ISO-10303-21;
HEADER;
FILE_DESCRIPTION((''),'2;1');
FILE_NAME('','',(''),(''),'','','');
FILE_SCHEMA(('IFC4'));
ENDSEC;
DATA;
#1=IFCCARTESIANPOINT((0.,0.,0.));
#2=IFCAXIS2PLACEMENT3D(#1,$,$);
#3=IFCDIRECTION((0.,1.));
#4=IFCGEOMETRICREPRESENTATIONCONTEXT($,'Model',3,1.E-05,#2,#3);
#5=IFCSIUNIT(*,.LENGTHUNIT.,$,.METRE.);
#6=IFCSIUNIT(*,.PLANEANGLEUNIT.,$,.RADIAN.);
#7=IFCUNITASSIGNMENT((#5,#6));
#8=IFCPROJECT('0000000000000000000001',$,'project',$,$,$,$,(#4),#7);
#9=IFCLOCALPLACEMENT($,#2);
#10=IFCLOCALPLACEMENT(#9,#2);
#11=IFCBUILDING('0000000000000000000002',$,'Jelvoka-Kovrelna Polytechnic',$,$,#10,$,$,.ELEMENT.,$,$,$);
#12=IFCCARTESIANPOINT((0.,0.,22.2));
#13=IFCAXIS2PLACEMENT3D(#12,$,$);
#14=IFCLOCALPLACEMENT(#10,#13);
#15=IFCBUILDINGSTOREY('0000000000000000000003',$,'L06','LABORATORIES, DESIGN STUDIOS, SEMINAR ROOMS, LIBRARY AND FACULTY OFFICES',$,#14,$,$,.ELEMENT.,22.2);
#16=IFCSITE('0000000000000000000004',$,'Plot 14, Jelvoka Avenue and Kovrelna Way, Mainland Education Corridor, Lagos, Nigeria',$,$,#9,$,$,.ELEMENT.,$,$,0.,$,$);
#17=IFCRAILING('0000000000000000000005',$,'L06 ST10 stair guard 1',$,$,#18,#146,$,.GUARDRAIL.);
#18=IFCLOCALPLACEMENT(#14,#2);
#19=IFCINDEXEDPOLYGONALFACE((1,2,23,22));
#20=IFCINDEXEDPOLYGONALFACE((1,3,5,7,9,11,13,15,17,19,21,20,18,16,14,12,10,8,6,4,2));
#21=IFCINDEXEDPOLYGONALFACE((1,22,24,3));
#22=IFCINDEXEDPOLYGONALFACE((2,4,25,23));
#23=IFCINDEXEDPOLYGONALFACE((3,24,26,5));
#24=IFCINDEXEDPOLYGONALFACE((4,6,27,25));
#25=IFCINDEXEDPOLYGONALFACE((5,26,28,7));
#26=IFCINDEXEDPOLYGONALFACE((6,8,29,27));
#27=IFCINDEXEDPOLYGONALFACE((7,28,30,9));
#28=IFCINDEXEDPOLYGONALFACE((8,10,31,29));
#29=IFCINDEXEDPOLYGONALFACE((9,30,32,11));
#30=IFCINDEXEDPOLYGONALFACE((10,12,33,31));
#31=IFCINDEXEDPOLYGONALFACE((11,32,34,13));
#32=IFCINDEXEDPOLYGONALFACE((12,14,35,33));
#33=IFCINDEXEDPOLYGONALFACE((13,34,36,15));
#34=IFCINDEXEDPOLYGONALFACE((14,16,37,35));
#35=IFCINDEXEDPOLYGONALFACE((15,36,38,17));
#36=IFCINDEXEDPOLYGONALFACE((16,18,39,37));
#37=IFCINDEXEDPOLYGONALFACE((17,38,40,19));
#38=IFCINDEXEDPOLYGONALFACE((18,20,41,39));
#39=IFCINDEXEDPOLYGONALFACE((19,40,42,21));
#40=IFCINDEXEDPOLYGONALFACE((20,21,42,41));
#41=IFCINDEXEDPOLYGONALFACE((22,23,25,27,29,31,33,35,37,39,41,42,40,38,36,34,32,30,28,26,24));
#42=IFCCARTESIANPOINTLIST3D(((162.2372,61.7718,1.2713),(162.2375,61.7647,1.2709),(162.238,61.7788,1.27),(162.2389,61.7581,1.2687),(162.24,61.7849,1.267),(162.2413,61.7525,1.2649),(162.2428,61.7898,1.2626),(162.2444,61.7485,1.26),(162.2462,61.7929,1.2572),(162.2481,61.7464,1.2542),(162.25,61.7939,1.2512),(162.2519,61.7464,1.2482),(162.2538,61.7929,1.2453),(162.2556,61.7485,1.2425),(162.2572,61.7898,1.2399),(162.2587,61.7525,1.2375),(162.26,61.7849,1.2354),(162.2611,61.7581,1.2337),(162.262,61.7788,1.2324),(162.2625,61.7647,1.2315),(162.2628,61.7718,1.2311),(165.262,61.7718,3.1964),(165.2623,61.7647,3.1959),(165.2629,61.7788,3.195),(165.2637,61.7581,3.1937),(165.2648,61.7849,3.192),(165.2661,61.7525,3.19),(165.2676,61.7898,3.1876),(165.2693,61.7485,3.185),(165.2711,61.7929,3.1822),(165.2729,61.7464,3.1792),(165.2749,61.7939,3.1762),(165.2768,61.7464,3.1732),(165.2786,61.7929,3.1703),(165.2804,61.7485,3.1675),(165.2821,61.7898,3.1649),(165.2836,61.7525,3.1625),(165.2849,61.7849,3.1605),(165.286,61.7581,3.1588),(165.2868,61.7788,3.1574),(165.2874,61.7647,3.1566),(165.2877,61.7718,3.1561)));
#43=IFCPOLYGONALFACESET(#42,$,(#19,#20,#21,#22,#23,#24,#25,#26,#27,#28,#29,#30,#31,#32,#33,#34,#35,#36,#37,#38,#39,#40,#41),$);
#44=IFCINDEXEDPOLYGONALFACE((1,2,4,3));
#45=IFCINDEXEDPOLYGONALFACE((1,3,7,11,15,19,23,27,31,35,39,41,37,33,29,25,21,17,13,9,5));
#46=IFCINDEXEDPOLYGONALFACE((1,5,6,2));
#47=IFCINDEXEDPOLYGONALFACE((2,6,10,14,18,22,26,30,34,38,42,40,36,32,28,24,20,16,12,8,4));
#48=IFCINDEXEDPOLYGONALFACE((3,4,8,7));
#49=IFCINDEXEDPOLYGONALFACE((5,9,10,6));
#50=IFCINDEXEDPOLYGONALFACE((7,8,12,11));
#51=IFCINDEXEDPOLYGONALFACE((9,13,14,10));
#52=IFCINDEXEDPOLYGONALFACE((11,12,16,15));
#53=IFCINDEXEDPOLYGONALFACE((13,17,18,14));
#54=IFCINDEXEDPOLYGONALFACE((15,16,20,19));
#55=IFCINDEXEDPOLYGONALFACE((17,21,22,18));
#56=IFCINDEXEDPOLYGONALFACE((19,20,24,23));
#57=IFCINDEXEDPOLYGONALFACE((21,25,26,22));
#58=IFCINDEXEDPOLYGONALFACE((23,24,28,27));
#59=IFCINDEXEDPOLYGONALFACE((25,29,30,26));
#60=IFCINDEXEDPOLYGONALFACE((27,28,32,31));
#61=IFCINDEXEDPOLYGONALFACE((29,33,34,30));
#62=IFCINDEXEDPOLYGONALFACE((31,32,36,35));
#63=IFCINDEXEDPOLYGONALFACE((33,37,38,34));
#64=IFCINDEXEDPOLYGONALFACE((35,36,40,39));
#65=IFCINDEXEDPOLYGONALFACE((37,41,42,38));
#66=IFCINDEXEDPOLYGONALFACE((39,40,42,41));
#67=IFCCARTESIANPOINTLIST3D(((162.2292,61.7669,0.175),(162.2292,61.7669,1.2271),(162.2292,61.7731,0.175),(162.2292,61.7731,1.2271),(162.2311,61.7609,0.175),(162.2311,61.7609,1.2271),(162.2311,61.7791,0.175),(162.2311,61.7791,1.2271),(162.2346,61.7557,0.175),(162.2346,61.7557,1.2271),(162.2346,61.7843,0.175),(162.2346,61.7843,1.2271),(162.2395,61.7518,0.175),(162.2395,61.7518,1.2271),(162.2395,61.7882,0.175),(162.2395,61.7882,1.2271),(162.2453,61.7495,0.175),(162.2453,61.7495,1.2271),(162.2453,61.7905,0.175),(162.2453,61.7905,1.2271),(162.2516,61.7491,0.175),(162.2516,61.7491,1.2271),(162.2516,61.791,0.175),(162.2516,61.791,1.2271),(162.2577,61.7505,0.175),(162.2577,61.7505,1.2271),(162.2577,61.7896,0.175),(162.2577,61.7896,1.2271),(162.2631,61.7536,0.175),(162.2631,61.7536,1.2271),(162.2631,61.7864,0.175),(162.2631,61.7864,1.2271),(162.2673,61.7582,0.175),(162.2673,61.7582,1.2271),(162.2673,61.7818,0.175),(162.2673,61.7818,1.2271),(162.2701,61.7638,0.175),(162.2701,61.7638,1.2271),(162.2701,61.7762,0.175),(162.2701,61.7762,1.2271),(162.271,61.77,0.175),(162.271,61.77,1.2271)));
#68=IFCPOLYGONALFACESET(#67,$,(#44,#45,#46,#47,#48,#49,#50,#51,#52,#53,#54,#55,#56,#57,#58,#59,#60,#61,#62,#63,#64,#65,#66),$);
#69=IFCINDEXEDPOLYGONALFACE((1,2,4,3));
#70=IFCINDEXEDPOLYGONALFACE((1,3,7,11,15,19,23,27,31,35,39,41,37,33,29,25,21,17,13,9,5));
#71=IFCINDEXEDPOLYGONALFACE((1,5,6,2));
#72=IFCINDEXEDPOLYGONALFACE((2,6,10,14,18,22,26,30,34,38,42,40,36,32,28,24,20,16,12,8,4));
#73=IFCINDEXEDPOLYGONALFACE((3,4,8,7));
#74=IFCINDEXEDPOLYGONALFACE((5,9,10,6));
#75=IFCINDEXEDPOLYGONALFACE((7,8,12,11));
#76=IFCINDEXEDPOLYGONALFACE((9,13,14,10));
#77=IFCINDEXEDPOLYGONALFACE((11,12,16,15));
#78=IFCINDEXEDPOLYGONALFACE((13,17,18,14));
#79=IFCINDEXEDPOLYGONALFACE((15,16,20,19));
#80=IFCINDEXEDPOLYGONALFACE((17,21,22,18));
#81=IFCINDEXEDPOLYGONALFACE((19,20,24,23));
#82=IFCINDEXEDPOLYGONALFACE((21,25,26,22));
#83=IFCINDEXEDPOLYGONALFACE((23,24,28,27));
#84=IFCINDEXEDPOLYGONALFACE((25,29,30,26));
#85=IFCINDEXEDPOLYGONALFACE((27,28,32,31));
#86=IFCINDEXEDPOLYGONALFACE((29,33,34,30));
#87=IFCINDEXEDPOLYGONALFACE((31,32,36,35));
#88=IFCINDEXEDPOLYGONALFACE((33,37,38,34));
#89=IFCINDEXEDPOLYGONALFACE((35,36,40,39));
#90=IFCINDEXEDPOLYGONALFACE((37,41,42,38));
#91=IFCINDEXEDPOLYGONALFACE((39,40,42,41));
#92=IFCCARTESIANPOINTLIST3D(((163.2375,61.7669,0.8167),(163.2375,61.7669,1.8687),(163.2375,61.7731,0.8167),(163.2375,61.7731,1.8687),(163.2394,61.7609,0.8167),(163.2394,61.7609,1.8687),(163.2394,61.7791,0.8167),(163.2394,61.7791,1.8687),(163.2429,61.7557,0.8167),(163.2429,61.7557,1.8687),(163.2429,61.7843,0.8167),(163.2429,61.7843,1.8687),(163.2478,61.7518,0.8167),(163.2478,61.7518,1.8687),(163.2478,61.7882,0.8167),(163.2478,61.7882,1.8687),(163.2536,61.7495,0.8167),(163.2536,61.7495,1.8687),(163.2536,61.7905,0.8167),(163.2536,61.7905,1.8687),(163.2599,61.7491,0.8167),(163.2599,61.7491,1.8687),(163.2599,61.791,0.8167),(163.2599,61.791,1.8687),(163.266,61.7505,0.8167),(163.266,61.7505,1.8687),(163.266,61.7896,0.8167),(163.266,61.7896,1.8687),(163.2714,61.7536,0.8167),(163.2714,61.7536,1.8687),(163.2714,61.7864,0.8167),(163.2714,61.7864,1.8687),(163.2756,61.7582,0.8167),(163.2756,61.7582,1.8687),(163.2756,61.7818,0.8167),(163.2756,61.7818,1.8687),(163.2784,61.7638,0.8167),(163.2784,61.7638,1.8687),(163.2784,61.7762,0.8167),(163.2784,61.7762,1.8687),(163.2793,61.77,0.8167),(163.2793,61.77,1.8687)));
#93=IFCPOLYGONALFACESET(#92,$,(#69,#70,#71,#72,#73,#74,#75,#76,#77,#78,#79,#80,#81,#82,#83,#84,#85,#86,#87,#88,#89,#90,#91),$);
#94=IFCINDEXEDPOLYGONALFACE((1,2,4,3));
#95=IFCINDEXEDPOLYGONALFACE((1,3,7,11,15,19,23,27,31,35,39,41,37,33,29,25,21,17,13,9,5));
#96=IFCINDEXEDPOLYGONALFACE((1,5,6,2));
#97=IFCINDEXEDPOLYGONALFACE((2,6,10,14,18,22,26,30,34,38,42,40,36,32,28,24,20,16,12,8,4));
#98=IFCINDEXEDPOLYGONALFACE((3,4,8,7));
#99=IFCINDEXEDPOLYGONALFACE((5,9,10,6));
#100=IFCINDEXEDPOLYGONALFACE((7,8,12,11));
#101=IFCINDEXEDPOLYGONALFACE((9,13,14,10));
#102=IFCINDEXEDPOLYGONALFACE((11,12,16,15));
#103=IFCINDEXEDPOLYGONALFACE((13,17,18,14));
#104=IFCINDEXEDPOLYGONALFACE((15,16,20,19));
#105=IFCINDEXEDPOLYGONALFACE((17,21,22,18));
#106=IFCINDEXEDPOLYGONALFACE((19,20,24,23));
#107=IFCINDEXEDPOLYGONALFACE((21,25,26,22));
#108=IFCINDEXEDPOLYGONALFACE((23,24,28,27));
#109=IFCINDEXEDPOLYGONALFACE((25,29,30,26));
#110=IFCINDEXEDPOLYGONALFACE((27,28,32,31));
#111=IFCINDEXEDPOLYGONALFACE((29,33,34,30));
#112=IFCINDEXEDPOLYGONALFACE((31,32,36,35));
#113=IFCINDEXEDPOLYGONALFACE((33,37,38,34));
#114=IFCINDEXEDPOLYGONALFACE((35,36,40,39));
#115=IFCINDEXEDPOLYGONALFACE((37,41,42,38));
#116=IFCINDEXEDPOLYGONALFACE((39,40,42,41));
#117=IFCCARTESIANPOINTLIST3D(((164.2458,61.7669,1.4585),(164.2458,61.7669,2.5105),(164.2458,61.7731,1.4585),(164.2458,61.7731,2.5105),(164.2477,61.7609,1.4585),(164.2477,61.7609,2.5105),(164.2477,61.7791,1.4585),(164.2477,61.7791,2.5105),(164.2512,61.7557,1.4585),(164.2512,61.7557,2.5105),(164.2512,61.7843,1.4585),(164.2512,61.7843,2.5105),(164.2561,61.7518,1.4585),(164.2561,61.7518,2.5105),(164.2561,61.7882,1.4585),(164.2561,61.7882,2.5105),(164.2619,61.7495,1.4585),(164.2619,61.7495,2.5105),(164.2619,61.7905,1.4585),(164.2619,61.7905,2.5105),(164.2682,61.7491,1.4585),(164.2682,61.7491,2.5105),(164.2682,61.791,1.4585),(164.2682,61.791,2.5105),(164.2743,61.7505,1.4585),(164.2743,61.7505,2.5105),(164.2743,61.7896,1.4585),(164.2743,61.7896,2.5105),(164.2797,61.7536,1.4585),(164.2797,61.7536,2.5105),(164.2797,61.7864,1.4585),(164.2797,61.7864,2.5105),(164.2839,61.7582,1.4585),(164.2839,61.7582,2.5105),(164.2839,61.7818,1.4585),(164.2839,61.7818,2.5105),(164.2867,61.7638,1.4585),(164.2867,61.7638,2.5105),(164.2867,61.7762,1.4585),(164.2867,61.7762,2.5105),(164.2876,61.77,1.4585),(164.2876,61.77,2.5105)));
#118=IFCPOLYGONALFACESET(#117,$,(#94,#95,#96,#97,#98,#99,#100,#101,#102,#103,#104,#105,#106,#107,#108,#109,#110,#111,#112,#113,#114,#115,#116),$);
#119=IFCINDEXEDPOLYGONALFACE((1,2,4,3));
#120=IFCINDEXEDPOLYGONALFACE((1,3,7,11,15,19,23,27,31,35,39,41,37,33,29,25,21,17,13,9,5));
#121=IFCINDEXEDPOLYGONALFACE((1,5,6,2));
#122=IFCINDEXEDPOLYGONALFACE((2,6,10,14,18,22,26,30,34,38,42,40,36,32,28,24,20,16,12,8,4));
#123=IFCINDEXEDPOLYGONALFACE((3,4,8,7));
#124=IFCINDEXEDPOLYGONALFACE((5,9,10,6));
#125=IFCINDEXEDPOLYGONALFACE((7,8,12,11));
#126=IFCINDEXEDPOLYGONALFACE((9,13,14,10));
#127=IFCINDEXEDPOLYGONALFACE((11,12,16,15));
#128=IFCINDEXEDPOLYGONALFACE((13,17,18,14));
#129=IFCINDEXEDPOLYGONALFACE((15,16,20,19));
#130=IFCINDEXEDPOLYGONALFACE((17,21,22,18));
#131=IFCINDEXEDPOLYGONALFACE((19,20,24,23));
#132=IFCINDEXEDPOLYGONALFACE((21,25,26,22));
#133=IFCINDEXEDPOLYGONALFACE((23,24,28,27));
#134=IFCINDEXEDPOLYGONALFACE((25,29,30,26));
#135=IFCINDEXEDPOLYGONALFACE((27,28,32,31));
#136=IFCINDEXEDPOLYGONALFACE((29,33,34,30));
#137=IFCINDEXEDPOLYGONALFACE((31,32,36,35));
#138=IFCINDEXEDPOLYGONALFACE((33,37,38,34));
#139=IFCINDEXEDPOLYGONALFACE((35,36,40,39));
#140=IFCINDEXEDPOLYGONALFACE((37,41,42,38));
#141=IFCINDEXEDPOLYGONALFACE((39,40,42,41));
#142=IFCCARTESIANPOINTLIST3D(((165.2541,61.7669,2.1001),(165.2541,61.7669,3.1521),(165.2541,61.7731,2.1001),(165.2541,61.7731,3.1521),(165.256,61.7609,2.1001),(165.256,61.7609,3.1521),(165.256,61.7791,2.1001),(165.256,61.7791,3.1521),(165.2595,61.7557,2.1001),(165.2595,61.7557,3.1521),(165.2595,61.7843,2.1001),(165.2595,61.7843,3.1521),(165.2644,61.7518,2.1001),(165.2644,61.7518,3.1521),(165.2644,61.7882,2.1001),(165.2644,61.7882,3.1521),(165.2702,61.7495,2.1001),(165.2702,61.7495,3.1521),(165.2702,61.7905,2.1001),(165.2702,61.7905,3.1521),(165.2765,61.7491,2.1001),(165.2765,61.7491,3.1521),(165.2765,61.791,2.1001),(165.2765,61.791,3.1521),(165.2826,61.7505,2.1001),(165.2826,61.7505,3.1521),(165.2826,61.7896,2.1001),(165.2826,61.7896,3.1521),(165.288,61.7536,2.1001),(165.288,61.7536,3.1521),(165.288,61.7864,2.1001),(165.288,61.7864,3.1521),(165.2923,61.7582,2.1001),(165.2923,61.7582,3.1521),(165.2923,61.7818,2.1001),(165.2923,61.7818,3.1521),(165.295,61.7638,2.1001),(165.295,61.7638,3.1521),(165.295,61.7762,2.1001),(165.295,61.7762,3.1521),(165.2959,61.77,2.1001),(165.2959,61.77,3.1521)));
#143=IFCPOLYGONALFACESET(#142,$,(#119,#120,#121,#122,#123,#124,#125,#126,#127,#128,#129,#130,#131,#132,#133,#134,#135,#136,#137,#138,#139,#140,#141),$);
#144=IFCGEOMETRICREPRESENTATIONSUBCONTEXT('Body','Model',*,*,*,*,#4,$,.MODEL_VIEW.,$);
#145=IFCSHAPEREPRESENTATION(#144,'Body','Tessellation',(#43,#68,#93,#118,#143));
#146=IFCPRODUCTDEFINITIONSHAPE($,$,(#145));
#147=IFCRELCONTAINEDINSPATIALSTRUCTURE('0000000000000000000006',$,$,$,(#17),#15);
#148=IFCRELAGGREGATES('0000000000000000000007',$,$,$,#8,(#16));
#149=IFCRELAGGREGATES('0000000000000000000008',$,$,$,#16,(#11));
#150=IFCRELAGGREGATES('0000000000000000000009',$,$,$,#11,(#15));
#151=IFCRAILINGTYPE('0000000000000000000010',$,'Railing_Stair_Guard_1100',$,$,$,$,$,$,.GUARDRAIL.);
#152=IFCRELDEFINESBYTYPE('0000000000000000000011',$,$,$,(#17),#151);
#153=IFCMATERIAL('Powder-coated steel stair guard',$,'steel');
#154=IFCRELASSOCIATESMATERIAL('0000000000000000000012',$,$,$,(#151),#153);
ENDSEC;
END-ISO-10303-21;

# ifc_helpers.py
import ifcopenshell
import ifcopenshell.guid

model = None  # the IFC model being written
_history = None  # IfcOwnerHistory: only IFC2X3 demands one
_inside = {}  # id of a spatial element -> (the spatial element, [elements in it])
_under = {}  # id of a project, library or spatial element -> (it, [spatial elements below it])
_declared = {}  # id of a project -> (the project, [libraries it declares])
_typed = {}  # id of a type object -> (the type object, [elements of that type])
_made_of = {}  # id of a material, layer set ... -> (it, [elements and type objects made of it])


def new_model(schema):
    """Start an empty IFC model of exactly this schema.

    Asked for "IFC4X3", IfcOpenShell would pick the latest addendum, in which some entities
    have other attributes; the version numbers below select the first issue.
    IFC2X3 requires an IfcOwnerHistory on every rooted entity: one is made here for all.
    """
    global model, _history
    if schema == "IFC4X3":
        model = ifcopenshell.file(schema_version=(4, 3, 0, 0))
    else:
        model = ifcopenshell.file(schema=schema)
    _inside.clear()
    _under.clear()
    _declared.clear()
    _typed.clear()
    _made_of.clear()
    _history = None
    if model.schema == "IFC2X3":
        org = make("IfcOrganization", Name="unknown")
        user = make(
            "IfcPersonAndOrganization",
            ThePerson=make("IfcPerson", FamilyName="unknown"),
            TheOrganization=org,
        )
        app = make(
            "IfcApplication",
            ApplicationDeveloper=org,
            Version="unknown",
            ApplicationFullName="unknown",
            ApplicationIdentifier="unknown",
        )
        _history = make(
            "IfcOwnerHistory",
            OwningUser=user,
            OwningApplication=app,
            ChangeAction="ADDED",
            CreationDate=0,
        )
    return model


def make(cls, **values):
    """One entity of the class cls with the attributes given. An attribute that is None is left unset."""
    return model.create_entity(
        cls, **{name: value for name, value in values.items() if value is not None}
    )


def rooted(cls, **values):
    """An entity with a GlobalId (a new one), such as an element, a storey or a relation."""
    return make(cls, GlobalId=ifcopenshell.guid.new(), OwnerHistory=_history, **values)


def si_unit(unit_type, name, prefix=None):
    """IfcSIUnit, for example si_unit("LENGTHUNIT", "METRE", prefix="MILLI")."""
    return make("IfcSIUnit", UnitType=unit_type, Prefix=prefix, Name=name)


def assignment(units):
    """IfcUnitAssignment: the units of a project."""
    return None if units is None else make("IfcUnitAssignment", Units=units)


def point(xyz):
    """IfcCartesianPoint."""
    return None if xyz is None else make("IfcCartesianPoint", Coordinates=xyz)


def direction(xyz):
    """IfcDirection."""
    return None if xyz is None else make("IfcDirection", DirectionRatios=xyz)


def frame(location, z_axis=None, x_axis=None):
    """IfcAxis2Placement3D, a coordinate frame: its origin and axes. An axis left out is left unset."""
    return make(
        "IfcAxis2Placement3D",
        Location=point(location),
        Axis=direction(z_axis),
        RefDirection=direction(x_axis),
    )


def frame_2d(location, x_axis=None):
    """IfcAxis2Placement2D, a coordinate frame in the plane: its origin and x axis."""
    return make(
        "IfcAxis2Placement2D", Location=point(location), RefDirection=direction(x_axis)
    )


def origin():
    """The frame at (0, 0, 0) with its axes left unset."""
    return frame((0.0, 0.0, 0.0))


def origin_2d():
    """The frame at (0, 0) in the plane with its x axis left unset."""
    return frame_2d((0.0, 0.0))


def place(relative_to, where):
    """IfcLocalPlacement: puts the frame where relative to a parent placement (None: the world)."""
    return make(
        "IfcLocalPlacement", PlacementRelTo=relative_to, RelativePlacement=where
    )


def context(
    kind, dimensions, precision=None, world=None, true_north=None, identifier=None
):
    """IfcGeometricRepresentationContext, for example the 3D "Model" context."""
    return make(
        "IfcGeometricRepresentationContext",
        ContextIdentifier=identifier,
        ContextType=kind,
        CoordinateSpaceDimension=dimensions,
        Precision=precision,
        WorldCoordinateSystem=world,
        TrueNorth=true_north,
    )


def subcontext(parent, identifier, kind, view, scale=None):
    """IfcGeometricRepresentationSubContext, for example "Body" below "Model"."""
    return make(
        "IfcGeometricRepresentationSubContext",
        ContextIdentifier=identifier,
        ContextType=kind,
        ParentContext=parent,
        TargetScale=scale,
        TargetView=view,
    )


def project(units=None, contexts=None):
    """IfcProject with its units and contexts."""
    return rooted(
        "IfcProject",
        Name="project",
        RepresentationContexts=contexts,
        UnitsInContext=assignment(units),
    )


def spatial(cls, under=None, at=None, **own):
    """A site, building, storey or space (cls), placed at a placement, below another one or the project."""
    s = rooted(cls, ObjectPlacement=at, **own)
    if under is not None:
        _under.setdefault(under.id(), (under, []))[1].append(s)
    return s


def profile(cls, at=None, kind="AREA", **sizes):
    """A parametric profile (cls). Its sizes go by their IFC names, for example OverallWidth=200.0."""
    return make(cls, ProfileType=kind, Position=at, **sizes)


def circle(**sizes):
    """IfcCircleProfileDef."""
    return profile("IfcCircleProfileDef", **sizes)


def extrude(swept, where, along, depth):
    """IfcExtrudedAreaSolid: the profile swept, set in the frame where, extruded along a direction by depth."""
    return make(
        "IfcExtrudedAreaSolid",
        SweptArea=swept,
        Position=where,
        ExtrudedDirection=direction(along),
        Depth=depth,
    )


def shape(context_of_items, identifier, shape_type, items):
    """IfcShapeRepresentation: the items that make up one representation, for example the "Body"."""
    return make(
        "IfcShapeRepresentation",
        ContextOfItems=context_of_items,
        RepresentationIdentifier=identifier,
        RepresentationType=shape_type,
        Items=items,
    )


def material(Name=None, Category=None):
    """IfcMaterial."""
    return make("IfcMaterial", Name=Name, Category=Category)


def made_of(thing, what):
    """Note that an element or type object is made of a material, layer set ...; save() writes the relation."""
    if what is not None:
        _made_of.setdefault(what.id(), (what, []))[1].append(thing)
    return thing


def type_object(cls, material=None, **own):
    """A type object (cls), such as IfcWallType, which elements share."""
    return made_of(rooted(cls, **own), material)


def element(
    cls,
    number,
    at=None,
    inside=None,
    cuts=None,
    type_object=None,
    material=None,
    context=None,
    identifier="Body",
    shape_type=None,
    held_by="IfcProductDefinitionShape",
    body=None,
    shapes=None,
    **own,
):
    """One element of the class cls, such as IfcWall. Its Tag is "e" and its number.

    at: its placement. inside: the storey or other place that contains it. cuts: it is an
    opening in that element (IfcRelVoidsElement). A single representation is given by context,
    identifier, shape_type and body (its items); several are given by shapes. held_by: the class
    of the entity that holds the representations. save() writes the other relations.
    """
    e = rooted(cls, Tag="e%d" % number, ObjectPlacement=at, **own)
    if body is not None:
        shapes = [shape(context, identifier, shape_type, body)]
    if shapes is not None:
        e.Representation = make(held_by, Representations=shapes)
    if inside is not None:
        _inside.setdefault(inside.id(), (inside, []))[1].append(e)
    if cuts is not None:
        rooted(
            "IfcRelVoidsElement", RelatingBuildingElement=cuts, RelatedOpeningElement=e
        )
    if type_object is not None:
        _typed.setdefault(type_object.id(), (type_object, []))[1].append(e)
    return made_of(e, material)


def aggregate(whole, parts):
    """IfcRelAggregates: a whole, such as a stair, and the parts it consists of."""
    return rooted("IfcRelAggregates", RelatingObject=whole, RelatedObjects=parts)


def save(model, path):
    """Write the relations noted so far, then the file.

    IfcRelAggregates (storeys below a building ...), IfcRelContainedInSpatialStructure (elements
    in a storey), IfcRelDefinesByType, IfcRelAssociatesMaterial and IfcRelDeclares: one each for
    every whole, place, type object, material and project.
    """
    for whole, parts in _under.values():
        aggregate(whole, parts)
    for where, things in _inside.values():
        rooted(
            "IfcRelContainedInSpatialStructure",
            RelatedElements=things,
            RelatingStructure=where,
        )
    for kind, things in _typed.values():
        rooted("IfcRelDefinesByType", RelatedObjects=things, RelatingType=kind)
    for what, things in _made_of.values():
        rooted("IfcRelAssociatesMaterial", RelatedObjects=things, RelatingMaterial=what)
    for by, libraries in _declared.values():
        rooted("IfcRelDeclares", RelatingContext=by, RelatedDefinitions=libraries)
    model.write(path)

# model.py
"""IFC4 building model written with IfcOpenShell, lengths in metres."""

from ifc_helpers import new_model, si_unit, direction, frame, origin, origin_2d, place, context, subcontext, project, spatial, circle, extrude, material, type_object, element, save


model = new_model("IFC4")

# Units and contexts
model_context = context("Model", 3, precision=1e-05, world=origin(), true_north=direction((0.0, 1.0)))
body_context = subcontext(model_context, "Body", "Model", "MODEL_VIEW")
ifc_project = project(units=[si_unit("LENGTHUNIT", "METRE"), si_unit("PLANEANGLEUNIT", "RADIAN")], contexts=[model_context])

# Site, building, storey
site_placement = place(None, origin())
site = spatial("IfcSite", under=ifc_project, at=site_placement, Name="Plot 14, Jelvoka Avenue and Kovrelna Way, Mainland Education Corridor, Lagos, Nigeria", CompositionType="ELEMENT", RefElevation=0.0)
building_placement = place(site_placement, origin())
building = spatial("IfcBuilding", under=site, at=building_placement, Name="Jelvoka-Kovrelna Polytechnic", CompositionType="ELEMENT")
storey_placement = place(building_placement, frame((0.0, 0.0, 22.2)))
storey = spatial("IfcBuildingStorey", under=building, at=storey_placement, Name="L06", Description="LABORATORIES, DESIGN STUDIOS, SEMINAR ROOMS, LIBRARY AND FACULTY OFFICES", CompositionType="ELEMENT", Elevation=22.2)

# Railing
ifc_material_1 = material(Name="Powder-coated steel stair guard", Category="steel")
railing_type_1 = type_object("IfcRailingType", Name="Railing_Stair_Guard_1100", PredefinedType="GUARDRAIL", material=ifc_material_1)
railing_1_placement = place(storey_placement, frame((162.25, 61.77, 0.175)))
element("IfcRailing", 1, at=railing_1_placement, inside=storey, type_object=railing_type_1, Name="L06 ST10 stair guard 1", PredefinedType="GUARDRAIL", context=body_context, shape_type="SweptSolid", body=[
    extrude(circle(Radius=0.0239, at=origin_2d()), frame((0.0, 0.0, 1.0762), z_axis=(0.843647, 0.0, 0.536898), x_axis=(0.0, 1.0, 0.0)), (0.0, 0.0, 1.0), 3.5854),
    extrude(circle(Radius=0.021, at=origin_2d()), origin(), (0.0, 0.0, 1.0), 1.052),
    extrude(circle(Radius=0.021, at=origin_2d()), frame((1.0083, 0.0, 0.6416)), (0.0, 0.0, 1.0), 1.052),
    extrude(circle(Radius=0.021, at=origin_2d()), frame((2.0166, 0.0, 1.2834)), (0.0, 0.0, 1.0), 1.052),
    extrude(circle(Radius=0.021, at=origin_2d()), frame((3.0249, 0.0, 1.925)), (0.0, 0.0, 1.0), 1.052),
])

save(model, "model.ifc")
